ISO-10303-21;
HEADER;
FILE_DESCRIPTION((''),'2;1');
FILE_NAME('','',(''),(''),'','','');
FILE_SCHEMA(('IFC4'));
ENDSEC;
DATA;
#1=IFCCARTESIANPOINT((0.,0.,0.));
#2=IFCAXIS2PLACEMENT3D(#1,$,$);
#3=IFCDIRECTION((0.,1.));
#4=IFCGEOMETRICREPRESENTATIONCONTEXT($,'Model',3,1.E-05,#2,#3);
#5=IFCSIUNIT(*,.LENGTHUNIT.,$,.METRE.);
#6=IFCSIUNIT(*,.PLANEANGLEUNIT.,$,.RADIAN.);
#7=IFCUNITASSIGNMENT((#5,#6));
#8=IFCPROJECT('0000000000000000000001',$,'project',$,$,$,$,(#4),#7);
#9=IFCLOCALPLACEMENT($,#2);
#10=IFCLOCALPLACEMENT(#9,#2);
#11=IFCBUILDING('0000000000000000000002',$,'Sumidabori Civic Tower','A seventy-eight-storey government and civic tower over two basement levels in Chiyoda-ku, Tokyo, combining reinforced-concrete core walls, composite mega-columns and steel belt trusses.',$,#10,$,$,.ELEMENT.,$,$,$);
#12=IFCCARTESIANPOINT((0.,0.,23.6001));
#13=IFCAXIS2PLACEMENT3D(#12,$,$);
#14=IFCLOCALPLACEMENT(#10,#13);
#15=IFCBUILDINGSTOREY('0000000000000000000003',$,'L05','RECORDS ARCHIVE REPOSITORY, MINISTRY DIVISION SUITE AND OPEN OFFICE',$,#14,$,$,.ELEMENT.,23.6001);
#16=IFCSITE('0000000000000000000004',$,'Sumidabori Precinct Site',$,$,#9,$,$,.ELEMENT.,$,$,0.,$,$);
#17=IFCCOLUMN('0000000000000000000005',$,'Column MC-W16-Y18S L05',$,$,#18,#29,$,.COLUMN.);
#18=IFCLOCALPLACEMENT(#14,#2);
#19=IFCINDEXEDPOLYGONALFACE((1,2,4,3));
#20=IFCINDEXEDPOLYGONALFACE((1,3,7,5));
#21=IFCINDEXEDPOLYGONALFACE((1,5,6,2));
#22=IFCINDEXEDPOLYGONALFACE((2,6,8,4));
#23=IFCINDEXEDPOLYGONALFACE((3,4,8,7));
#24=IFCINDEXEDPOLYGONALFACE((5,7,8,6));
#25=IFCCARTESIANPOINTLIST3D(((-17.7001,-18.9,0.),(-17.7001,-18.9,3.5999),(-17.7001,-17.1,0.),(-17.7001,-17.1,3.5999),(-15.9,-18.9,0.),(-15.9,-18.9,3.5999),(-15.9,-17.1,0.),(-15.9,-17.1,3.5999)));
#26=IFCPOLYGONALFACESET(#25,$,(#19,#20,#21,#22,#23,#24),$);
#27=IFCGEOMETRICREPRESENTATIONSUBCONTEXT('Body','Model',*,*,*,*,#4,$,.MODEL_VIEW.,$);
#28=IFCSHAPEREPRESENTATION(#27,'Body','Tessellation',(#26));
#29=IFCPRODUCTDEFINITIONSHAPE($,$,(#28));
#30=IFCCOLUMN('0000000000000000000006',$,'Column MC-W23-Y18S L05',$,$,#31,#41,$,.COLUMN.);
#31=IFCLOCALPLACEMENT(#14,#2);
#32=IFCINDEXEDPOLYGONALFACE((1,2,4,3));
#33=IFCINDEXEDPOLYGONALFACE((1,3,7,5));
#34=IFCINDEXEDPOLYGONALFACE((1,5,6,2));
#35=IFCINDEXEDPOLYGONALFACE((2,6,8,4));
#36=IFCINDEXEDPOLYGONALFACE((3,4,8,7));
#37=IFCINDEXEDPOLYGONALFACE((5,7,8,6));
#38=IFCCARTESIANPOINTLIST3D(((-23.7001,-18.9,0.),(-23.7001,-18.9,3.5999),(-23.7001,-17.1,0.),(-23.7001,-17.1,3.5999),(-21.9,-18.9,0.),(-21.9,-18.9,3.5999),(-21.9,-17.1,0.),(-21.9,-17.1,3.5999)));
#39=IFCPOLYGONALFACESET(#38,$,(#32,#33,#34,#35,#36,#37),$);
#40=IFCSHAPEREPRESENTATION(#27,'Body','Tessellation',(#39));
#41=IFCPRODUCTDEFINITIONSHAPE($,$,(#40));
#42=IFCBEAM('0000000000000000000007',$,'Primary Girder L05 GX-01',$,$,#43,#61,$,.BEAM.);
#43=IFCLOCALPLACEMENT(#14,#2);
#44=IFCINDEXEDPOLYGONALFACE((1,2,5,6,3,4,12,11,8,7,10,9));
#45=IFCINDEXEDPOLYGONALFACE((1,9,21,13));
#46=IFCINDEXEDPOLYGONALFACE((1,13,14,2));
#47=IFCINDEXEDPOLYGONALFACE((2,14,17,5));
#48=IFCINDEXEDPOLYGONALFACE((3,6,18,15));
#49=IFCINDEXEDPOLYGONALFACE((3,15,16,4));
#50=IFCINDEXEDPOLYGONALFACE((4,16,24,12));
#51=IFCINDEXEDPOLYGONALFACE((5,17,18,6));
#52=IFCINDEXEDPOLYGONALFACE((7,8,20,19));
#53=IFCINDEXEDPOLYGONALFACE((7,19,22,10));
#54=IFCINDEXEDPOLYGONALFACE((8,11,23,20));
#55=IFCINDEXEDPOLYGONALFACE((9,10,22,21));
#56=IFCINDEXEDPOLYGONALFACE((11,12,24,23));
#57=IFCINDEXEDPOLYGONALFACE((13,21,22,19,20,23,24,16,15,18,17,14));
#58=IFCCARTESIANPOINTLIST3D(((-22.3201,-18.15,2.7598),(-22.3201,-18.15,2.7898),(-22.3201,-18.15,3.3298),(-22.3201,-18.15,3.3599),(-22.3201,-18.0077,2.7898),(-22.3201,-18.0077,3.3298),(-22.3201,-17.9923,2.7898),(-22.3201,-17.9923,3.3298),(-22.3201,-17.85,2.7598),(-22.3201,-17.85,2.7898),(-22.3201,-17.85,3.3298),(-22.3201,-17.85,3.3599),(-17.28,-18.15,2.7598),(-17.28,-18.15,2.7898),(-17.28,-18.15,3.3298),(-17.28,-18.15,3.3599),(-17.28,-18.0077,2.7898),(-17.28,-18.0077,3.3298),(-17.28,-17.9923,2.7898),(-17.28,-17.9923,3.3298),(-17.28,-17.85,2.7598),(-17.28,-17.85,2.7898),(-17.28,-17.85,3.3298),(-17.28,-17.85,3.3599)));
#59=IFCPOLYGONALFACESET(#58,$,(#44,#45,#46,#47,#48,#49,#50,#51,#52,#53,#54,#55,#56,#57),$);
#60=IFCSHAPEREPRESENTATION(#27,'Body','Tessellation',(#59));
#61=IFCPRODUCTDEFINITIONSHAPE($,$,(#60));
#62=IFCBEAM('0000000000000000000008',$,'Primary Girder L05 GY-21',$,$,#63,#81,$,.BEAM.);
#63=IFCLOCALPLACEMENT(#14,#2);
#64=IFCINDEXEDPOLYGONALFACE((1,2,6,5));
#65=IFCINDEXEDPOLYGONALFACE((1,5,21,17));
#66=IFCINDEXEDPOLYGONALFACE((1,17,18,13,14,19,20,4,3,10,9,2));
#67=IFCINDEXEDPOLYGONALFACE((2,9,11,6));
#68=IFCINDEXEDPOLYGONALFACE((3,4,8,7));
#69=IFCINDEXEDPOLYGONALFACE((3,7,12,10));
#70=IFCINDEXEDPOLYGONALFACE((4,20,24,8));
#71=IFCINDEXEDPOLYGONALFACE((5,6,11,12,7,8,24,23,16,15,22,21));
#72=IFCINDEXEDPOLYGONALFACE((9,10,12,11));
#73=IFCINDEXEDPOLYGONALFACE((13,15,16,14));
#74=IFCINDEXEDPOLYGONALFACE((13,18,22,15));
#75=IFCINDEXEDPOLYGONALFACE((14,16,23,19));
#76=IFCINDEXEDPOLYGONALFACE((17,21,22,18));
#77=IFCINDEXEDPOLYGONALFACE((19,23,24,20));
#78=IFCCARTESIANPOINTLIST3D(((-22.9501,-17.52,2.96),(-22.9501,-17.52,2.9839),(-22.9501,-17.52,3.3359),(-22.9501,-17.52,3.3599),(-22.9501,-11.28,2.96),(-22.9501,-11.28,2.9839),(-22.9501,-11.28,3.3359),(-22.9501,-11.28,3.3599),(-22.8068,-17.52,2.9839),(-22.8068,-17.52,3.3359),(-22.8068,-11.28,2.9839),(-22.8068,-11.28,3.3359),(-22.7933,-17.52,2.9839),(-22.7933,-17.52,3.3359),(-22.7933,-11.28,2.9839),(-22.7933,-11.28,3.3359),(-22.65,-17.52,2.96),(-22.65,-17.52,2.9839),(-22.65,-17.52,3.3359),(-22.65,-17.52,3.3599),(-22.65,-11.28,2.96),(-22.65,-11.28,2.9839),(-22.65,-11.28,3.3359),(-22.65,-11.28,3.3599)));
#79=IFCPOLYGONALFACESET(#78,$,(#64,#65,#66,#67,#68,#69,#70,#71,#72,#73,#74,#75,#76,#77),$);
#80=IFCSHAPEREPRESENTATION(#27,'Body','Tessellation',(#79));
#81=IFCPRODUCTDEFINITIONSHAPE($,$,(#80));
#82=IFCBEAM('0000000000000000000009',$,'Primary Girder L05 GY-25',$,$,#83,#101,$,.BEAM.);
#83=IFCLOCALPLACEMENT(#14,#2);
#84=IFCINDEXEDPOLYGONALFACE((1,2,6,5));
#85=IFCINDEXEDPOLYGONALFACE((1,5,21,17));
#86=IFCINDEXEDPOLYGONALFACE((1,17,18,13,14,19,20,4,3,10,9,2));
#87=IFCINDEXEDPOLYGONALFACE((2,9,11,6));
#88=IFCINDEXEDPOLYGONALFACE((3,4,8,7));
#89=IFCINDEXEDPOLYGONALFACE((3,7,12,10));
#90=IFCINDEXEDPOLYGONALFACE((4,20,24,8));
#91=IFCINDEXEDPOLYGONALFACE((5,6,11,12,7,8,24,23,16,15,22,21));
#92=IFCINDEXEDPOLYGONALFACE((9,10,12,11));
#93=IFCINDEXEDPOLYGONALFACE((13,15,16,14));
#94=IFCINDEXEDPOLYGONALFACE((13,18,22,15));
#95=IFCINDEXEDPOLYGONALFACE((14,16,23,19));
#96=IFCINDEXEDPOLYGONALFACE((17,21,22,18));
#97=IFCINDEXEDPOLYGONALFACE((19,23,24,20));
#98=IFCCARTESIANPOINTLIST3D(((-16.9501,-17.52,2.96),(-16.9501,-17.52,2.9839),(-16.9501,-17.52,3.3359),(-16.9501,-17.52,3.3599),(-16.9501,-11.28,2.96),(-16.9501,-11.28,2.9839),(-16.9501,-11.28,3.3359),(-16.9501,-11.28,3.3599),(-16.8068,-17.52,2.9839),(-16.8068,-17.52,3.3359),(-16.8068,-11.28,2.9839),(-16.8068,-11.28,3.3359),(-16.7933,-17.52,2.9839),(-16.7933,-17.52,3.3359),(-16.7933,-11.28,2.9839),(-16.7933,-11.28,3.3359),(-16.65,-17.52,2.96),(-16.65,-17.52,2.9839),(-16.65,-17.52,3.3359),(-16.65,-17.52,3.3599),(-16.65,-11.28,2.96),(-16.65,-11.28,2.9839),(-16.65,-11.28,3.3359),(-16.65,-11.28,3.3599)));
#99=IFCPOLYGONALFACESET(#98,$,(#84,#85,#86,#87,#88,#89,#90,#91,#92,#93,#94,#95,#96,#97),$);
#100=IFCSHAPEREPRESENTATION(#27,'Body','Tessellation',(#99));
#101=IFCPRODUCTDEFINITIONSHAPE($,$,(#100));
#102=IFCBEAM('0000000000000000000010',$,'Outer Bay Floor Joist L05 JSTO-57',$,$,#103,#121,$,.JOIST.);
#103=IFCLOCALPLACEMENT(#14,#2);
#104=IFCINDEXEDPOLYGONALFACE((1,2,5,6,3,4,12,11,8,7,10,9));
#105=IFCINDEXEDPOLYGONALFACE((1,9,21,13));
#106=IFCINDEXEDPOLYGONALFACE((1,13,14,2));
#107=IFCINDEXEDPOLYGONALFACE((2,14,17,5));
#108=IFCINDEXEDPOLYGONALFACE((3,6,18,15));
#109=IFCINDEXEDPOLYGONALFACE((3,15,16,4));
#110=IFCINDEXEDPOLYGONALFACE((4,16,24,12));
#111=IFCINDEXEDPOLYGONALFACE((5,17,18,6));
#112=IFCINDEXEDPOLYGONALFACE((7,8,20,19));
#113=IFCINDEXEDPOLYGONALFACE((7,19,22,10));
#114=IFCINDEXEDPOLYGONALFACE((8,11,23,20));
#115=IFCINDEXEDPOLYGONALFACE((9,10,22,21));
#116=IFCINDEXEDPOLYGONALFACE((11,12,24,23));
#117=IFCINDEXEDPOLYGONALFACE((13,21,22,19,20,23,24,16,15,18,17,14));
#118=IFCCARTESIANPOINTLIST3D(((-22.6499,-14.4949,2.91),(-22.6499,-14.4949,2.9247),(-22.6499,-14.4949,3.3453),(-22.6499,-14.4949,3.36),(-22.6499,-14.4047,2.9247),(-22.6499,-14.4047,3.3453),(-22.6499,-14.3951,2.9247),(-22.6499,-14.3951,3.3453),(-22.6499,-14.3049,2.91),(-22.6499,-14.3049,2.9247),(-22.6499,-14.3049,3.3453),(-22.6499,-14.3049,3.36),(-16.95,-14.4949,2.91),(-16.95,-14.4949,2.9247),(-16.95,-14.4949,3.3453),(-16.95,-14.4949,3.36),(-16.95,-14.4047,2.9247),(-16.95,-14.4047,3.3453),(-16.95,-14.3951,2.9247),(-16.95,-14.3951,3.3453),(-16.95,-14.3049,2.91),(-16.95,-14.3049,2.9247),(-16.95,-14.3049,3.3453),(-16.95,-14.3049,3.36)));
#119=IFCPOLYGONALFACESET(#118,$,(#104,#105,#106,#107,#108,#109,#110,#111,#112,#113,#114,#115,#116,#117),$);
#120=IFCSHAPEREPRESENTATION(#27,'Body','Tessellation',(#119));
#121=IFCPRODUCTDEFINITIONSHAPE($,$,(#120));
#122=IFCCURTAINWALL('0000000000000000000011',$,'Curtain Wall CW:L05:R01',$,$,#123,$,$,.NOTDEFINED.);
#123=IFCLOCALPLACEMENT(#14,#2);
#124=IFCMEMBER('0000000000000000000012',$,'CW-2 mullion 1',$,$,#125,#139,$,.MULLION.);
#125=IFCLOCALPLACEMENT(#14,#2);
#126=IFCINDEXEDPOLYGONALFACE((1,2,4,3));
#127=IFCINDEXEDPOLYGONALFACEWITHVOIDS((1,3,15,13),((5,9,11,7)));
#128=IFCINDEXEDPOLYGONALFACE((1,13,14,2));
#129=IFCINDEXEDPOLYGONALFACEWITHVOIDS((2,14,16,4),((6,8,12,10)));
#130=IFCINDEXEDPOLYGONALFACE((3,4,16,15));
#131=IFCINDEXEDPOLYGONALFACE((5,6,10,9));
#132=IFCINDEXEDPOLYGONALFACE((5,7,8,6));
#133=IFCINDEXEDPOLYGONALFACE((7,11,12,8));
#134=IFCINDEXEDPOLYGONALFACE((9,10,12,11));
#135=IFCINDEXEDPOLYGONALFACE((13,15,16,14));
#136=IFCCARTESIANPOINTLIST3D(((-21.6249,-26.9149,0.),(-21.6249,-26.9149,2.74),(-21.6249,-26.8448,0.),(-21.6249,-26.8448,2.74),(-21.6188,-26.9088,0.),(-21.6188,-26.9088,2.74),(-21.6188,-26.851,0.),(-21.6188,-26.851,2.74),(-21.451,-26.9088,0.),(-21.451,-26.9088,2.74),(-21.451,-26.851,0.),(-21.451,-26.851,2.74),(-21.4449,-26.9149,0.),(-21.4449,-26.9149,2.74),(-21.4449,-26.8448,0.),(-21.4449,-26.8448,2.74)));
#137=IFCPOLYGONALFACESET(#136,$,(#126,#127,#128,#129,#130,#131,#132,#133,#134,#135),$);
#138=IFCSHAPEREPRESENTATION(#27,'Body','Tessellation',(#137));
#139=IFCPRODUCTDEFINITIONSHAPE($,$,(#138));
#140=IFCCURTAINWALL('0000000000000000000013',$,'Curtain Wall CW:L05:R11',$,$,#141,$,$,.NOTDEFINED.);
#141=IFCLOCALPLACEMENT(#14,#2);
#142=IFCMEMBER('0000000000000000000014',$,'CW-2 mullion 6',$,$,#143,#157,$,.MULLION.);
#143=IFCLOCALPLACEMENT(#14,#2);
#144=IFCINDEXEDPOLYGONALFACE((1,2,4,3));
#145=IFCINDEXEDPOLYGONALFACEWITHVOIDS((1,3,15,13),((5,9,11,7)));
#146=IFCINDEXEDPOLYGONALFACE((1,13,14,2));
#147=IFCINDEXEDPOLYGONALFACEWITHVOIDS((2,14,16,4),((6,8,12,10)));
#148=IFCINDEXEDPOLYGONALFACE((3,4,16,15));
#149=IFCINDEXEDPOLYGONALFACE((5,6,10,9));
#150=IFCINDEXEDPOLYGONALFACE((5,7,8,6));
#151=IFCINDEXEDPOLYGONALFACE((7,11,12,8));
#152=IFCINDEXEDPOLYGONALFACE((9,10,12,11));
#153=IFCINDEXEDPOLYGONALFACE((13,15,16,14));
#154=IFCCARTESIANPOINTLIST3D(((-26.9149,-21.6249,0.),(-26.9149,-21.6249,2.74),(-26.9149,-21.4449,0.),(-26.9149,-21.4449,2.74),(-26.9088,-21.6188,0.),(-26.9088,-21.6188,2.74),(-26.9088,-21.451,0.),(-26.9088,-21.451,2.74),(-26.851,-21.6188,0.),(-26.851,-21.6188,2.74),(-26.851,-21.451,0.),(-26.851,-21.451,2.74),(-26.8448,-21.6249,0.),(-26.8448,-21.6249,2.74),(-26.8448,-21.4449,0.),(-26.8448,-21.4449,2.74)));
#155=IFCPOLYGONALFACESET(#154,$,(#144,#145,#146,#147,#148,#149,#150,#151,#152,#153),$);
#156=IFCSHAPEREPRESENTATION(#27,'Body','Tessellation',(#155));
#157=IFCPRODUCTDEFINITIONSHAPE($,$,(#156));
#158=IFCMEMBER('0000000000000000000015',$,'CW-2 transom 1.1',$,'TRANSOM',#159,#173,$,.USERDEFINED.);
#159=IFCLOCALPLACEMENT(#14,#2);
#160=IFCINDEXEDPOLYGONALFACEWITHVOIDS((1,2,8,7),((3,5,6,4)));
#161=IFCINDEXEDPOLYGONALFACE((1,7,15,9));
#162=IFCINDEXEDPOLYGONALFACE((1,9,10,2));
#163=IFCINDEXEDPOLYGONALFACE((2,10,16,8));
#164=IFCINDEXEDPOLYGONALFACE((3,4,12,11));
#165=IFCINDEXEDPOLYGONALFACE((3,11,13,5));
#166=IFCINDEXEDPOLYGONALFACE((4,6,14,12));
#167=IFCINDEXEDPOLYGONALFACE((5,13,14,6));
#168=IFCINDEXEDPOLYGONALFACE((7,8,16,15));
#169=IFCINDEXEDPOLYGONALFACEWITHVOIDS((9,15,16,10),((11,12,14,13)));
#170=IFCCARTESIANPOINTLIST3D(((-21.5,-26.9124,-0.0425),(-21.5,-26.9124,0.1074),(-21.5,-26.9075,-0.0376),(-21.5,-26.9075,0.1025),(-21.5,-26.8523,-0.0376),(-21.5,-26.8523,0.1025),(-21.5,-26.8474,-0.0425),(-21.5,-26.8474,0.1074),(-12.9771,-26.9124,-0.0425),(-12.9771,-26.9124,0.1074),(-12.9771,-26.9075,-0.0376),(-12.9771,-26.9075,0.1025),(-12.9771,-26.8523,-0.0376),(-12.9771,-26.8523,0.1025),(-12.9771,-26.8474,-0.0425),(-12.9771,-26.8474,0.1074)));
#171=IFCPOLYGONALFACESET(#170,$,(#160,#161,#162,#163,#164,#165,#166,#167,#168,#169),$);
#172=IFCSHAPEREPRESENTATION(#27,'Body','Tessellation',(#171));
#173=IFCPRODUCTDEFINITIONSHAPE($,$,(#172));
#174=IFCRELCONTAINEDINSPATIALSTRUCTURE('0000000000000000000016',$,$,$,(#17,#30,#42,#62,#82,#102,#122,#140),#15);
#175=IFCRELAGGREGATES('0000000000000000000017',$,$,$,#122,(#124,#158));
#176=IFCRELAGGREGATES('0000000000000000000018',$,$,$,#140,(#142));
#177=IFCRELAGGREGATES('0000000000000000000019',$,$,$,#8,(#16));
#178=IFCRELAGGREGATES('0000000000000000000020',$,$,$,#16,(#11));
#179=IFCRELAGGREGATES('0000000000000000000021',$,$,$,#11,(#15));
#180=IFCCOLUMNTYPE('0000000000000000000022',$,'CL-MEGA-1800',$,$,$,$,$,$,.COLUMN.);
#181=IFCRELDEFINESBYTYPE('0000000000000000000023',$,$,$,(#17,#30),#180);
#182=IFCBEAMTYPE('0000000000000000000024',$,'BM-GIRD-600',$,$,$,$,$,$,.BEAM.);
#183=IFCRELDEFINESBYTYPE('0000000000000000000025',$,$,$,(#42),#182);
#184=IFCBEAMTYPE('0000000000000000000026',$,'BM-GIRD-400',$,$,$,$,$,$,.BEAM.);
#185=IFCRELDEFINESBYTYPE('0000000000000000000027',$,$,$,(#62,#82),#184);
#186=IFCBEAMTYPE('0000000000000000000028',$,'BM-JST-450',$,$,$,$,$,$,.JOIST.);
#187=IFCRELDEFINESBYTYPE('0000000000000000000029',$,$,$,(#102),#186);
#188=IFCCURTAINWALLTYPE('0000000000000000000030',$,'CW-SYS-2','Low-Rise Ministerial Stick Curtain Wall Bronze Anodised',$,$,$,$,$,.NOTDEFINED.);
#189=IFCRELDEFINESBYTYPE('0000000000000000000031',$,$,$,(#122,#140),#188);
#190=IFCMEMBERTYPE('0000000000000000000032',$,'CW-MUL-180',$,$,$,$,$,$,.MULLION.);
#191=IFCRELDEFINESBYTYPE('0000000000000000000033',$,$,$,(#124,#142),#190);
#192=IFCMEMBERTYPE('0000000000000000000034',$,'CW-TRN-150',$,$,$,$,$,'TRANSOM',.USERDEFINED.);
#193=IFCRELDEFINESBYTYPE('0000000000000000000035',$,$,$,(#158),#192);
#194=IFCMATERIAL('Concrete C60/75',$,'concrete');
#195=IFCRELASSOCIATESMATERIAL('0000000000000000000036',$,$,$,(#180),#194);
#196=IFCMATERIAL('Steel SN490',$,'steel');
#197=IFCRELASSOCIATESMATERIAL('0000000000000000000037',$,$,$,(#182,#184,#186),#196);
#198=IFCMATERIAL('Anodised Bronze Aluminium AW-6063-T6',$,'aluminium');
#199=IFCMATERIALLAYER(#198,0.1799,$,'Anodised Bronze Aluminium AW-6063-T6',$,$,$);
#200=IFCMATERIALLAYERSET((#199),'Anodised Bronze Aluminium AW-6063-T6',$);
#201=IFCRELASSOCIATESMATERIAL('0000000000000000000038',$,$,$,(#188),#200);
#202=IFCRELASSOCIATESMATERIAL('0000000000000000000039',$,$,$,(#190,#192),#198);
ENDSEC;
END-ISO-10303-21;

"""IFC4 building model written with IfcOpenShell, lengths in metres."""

from ifc_helpers import new_model, si_unit, direction, frame, origin, origin_2d, place, context, subcontext, project, spatial, rectangle, hollow_rectangle, i_section, extrude, source, transform, mapped, material, layer, layer_set, material_profile, profile_set, type_object, element, aggregate, save


model = new_model("IFC4")

# Units and contexts
model_context = context("Model", 3, precision=1e-05, world=origin(), true_north=direction((0.0, 1.0)))
body_context = subcontext(model_context, "Body", "Model", "MODEL_VIEW")
ifc_project = project(units=[si_unit("LENGTHUNIT", "METRE"), si_unit("PLANEANGLEUNIT", "RADIAN")], contexts=[model_context])

# Site, building, storey
site_placement = place(None, origin())
site = spatial("IfcSite", under=ifc_project, at=site_placement, Name="Sumidabori Precinct Site", CompositionType="ELEMENT", RefElevation=0.0)
building_placement = place(site_placement, origin())
building = spatial("IfcBuilding", under=site, at=building_placement, Name="Sumidabori Civic Tower", Description="A seventy-eight-storey government and civic tower over two basement levels in Chiyoda-ku, Tokyo, combining reinforced-concrete core walls, composite mega-columns and steel belt trusses.", CompositionType="ELEMENT")
storey_placement = place(building_placement, frame((0.0, 0.0, 23.6001)))
storey = spatial("IfcBuildingStorey", under=building, at=storey_placement, Name="L05", Description="RECORDS ARCHIVE REPOSITORY, MINISTRY DIVISION SUITE AND OPEN OFFICE", CompositionType="ELEMENT", Elevation=23.6001)

# Columns
ifc_material_1 = material(Name="Concrete C60/75", Category="concrete")
ifc_material_profile_1 = material_profile(ifc_material_1, rectangle(XDim=1.8, YDim=1.8, at=origin_2d()), Name="RC 1800x1800")
ifc_profile_set_1 = profile_set([ifc_material_profile_1], Name="Concrete C60/75")
column_type = type_object("IfcColumnType", Name="CL-MEGA-1800", PredefinedType="COLUMN", material=ifc_profile_set_1)
shared_shape_1 = source(origin(), body_context, "Body", "SweptSolid", [
    extrude(rectangle(XDim=1.8, YDim=1.8, at=origin_2d()), origin(), (0.0, 0.0, 1.0), 3.5999),
])
for number, where, z_axis, x_axis, name in (
    (1, (-16.8, -18.0, 0.0), (0.0, 0.0, 1.0), (1.0, 0.0, 0.0), "Column MC-W16-Y18S L05"),
    (2, (-22.8, -18.0, 0.0), (0.0, 0.0, 1.0), (1.0, 0.0, 0.0), "Column MC-W23-Y18S L05"),
):
    element("IfcColumn", number, at=place(storey_placement, frame(where, z_axis=z_axis, x_axis=x_axis)), inside=storey, type_object=column_type, Name=name, PredefinedType="COLUMN", context=body_context, shape_type="MappedRepresentation", body=[
        mapped(shared_shape_1, transform((0.0, 0.0, 0.0), x_axis=(1.0, 0.0, 0.0), y_axis=(0.0, 1.0, 0.0), z_axis=(0.0, 0.0, 1.0), scale=1.0)),
    ])

# Beams
ifc_material_2 = material(Name="Steel SN490", Category="steel")
ifc_material_profile_2 = material_profile(ifc_material_2, i_section(OverallWidth=0.3, OverallDepth=0.6001, WebThickness=0.0154, FlangeThickness=0.03, at=origin_2d()), Name="HE 600 B")
ifc_profile_set_2 = profile_set([ifc_material_profile_2], Name="Steel SN490")
beam_type_1 = type_object("IfcBeamType", Name="BM-GIRD-600", PredefinedType="BEAM", material=ifc_profile_set_2)
shared_shape_2 = source(origin(), body_context, "Body", "SweptSolid", [
    extrude(i_section(OverallWidth=0.3, OverallDepth=0.6001, WebThickness=0.0154, FlangeThickness=0.03, at=origin_2d()), origin(), (0.0, 0.0, 1.0), 5.04),
])
beam_1_placement = place(storey_placement, frame((-22.3201, -18.0, 3.0598), z_axis=(1.0, 0.0, 0.0), x_axis=(0.0, 1.0, 0.0)))
element("IfcBeam", 3, at=beam_1_placement, inside=storey, type_object=beam_type_1, Name="Primary Girder L05 GX-01", PredefinedType="BEAM", context=body_context, shape_type="MappedRepresentation", body=[
    mapped(shared_shape_2, transform((0.0, 0.0, 0.0), x_axis=(1.0, 0.0, 0.0), y_axis=(0.0, 1.0, 0.0), z_axis=(0.0, 0.0, 1.0), scale=1.0)),
])
ifc_material_profile_3 = material_profile(ifc_material_2, i_section(OverallWidth=0.3, OverallDepth=0.3999, WebThickness=0.0134, FlangeThickness=0.0239, at=origin_2d()), Name="HE 400 B")
ifc_profile_set_3 = profile_set([ifc_material_profile_3], Name="Steel SN490")
beam_type_2 = type_object("IfcBeamType", Name="BM-GIRD-400", PredefinedType="BEAM", material=ifc_profile_set_3)
shared_shape_3 = source(origin(), body_context, "Body", "SweptSolid", [
    extrude(i_section(OverallWidth=0.3, OverallDepth=0.3999, WebThickness=0.0134, FlangeThickness=0.0239, at=origin_2d()), origin(), (0.0, 0.0, 1.0), 6.24),
])
for number, where, z_axis, x_axis, name in (
    (4, (-22.8, -17.52, 3.1599), (0.0, 1.0, 0.0), (-1.0, 0.0, 0.0), "Primary Girder L05 GY-21"),
    (5, (-16.8, -17.52, 3.1599), (0.0, 1.0, 0.0), (-1.0, 0.0, 0.0), "Primary Girder L05 GY-25"),
):
    element("IfcBeam", number, at=place(storey_placement, frame(where, z_axis=z_axis, x_axis=x_axis)), inside=storey, type_object=beam_type_2, Name=name, PredefinedType="BEAM", context=body_context, shape_type="MappedRepresentation", body=[
        mapped(shared_shape_3, transform((0.0, 0.0, 0.0), x_axis=(1.0, 0.0, 0.0), y_axis=(0.0, 1.0, 0.0), z_axis=(0.0, 0.0, 1.0), scale=1.0)),
    ])
ifc_material_profile_4 = material_profile(ifc_material_2, i_section(OverallWidth=0.1899, OverallDepth=0.45, WebThickness=0.0095, FlangeThickness=0.0146, at=origin_2d()), Name="IPE 450")
ifc_profile_set_4 = profile_set([ifc_material_profile_4], Name="Steel SN490")
beam_type_3 = type_object("IfcBeamType", Name="BM-JST-450", PredefinedType="JOIST", material=ifc_profile_set_4)
shared_shape_4 = source(origin(), body_context, "Body", "SweptSolid", [
    extrude(i_section(OverallWidth=0.1899, OverallDepth=0.45, WebThickness=0.0095, FlangeThickness=0.0146, at=origin_2d()), origin(), (0.0, 0.0, 1.0), 5.7),
])
beam_2_placement = place(storey_placement, frame((-22.6499, -14.3999, 3.135), z_axis=(1.0, 0.0, 0.0), x_axis=(0.0, 1.0, 0.0)))
element("IfcBeam", 6, at=beam_2_placement, inside=storey, type_object=beam_type_3, Name="Outer Bay Floor Joist L05 JSTO-57", PredefinedType="JOIST", context=body_context, shape_type="MappedRepresentation", body=[
    mapped(shared_shape_4, transform((0.0, 0.0, 0.0), x_axis=(1.0, 0.0, 0.0), y_axis=(0.0, 1.0, 0.0), z_axis=(0.0, 0.0, 1.0), scale=1.0)),
])

# Curtain walls, members
ifc_material_3 = material(Name="Anodised Bronze Aluminium AW-6063-T6", Category="aluminium")
ifc_layer_1 = layer(ifc_material_3, 0.1799, Name="Anodised Bronze Aluminium AW-6063-T6")
ifc_layer_set_1 = layer_set([ifc_layer_1], Name="Anodised Bronze Aluminium AW-6063-T6")
curtain_wall_type = type_object("IfcCurtainWallType", Name="CW-SYS-2", Description="Low-Rise Ministerial Stick Curtain Wall Bronze Anodised", PredefinedType="NOTDEFINED", material=ifc_layer_set_1)
curtain_wall_1_placement = place(storey_placement, origin())
curtain_wall_1 = element("IfcCurtainWall", 7, at=curtain_wall_1_placement, inside=storey, type_object=curtain_wall_type, Name="Curtain Wall CW:L05:R01", PredefinedType="NOTDEFINED")
ifc_material_profile_5 = material_profile(ifc_material_3, hollow_rectangle(XDim=0.0701, YDim=0.1799, WallThickness=0.0061, at=origin_2d()), Name="ALU MULLION 180x70")
ifc_profile_set_5 = profile_set([ifc_material_profile_5], Name="Anodised Bronze Aluminium AW-6063-T6")
member_type_1 = type_object("IfcMemberType", Name="CW-MUL-180", PredefinedType="MULLION", material=ifc_profile_set_5)
shared_shape_5 = source(origin(), body_context, "Body", "SweptSolid", [
    extrude(hollow_rectangle(XDim=0.0701, YDim=0.1799, WallThickness=0.0061, at=origin_2d()), origin(), (0.0, 0.0, 1.0), 2.74),
])
member_1_placement = place(storey_placement, frame((-21.5349, -26.8799, 0.0), z_axis=(0.0, 0.0, 1.0), x_axis=(0.0, 1.0, 0.0)))
member_1 = element("IfcMember", 8, at=member_1_placement, type_object=member_type_1, Name="CW-2 mullion 1", PredefinedType="MULLION", context=body_context, shape_type="MappedRepresentation", body=[
    mapped(shared_shape_5, transform((0.0, 0.0, 0.0), x_axis=(1.0, 0.0, 0.0), y_axis=(0.0, 1.0, 0.0), z_axis=(0.0, 0.0, 1.0), scale=1.0)),
])
curtain_wall_2_placement = place(storey_placement, origin())
curtain_wall_2 = element("IfcCurtainWall", 9, at=curtain_wall_2_placement, inside=storey, type_object=curtain_wall_type, Name="Curtain Wall CW:L05:R11", PredefinedType="NOTDEFINED")
member_2_placement = place(storey_placement, frame((-26.8799, -21.5349, 0.0), z_axis=(0.0, 0.0, 1.0), x_axis=(1.0, 0.0, 0.0)))
member_2 = element("IfcMember", 10, at=member_2_placement, type_object=member_type_1, Name="CW-2 mullion 6", PredefinedType="MULLION", context=body_context, shape_type="MappedRepresentation", body=[
    mapped(shared_shape_5, transform((0.0, 0.0, 0.0), x_axis=(1.0, 0.0, 0.0), y_axis=(0.0, 1.0, 0.0), z_axis=(0.0, 0.0, 1.0), scale=1.0)),
])

# Member
ifc_material_profile_6 = material_profile(ifc_material_3, hollow_rectangle(XDim=0.0649, YDim=0.1499, WallThickness=0.0049, at=origin_2d()), Name="ALU TRANSOM 150x65")
ifc_profile_set_6 = profile_set([ifc_material_profile_6], Name="Anodised Bronze Aluminium AW-6063-T6")
member_type_2 = type_object("IfcMemberType", Name="CW-TRN-150", ElementType="TRANSOM", PredefinedType="USERDEFINED", material=ifc_profile_set_6)
shared_shape_6 = source(origin(), body_context, "Body", "SweptSolid", [
    extrude(hollow_rectangle(XDim=0.0649, YDim=0.1499, WallThickness=0.0049, at=origin_2d()), origin(), (0.0, 0.0, 1.0), 8.5229),
])
member_3_placement = place(storey_placement, frame((-21.5, -26.8799, 0.0325), z_axis=(1.0, 0.0, 0.0), x_axis=(0.0, 1.0, 0.0)))
member_3 = element("IfcMember", 11, at=member_3_placement, type_object=member_type_2, Name="CW-2 transom 1.1", ObjectType="TRANSOM", PredefinedType="USERDEFINED", context=body_context, shape_type="MappedRepresentation", body=[
    mapped(shared_shape_6, transform((0.0, 0.0, 0.0), x_axis=(1.0, 0.0, 0.0), y_axis=(0.0, 1.0, 0.0), z_axis=(0.0, 0.0, 1.0), scale=1.0)),
])

aggregate(curtain_wall_1, [member_1, member_3])
aggregate(curtain_wall_2, [member_2])

save(model, "model.ifc")
